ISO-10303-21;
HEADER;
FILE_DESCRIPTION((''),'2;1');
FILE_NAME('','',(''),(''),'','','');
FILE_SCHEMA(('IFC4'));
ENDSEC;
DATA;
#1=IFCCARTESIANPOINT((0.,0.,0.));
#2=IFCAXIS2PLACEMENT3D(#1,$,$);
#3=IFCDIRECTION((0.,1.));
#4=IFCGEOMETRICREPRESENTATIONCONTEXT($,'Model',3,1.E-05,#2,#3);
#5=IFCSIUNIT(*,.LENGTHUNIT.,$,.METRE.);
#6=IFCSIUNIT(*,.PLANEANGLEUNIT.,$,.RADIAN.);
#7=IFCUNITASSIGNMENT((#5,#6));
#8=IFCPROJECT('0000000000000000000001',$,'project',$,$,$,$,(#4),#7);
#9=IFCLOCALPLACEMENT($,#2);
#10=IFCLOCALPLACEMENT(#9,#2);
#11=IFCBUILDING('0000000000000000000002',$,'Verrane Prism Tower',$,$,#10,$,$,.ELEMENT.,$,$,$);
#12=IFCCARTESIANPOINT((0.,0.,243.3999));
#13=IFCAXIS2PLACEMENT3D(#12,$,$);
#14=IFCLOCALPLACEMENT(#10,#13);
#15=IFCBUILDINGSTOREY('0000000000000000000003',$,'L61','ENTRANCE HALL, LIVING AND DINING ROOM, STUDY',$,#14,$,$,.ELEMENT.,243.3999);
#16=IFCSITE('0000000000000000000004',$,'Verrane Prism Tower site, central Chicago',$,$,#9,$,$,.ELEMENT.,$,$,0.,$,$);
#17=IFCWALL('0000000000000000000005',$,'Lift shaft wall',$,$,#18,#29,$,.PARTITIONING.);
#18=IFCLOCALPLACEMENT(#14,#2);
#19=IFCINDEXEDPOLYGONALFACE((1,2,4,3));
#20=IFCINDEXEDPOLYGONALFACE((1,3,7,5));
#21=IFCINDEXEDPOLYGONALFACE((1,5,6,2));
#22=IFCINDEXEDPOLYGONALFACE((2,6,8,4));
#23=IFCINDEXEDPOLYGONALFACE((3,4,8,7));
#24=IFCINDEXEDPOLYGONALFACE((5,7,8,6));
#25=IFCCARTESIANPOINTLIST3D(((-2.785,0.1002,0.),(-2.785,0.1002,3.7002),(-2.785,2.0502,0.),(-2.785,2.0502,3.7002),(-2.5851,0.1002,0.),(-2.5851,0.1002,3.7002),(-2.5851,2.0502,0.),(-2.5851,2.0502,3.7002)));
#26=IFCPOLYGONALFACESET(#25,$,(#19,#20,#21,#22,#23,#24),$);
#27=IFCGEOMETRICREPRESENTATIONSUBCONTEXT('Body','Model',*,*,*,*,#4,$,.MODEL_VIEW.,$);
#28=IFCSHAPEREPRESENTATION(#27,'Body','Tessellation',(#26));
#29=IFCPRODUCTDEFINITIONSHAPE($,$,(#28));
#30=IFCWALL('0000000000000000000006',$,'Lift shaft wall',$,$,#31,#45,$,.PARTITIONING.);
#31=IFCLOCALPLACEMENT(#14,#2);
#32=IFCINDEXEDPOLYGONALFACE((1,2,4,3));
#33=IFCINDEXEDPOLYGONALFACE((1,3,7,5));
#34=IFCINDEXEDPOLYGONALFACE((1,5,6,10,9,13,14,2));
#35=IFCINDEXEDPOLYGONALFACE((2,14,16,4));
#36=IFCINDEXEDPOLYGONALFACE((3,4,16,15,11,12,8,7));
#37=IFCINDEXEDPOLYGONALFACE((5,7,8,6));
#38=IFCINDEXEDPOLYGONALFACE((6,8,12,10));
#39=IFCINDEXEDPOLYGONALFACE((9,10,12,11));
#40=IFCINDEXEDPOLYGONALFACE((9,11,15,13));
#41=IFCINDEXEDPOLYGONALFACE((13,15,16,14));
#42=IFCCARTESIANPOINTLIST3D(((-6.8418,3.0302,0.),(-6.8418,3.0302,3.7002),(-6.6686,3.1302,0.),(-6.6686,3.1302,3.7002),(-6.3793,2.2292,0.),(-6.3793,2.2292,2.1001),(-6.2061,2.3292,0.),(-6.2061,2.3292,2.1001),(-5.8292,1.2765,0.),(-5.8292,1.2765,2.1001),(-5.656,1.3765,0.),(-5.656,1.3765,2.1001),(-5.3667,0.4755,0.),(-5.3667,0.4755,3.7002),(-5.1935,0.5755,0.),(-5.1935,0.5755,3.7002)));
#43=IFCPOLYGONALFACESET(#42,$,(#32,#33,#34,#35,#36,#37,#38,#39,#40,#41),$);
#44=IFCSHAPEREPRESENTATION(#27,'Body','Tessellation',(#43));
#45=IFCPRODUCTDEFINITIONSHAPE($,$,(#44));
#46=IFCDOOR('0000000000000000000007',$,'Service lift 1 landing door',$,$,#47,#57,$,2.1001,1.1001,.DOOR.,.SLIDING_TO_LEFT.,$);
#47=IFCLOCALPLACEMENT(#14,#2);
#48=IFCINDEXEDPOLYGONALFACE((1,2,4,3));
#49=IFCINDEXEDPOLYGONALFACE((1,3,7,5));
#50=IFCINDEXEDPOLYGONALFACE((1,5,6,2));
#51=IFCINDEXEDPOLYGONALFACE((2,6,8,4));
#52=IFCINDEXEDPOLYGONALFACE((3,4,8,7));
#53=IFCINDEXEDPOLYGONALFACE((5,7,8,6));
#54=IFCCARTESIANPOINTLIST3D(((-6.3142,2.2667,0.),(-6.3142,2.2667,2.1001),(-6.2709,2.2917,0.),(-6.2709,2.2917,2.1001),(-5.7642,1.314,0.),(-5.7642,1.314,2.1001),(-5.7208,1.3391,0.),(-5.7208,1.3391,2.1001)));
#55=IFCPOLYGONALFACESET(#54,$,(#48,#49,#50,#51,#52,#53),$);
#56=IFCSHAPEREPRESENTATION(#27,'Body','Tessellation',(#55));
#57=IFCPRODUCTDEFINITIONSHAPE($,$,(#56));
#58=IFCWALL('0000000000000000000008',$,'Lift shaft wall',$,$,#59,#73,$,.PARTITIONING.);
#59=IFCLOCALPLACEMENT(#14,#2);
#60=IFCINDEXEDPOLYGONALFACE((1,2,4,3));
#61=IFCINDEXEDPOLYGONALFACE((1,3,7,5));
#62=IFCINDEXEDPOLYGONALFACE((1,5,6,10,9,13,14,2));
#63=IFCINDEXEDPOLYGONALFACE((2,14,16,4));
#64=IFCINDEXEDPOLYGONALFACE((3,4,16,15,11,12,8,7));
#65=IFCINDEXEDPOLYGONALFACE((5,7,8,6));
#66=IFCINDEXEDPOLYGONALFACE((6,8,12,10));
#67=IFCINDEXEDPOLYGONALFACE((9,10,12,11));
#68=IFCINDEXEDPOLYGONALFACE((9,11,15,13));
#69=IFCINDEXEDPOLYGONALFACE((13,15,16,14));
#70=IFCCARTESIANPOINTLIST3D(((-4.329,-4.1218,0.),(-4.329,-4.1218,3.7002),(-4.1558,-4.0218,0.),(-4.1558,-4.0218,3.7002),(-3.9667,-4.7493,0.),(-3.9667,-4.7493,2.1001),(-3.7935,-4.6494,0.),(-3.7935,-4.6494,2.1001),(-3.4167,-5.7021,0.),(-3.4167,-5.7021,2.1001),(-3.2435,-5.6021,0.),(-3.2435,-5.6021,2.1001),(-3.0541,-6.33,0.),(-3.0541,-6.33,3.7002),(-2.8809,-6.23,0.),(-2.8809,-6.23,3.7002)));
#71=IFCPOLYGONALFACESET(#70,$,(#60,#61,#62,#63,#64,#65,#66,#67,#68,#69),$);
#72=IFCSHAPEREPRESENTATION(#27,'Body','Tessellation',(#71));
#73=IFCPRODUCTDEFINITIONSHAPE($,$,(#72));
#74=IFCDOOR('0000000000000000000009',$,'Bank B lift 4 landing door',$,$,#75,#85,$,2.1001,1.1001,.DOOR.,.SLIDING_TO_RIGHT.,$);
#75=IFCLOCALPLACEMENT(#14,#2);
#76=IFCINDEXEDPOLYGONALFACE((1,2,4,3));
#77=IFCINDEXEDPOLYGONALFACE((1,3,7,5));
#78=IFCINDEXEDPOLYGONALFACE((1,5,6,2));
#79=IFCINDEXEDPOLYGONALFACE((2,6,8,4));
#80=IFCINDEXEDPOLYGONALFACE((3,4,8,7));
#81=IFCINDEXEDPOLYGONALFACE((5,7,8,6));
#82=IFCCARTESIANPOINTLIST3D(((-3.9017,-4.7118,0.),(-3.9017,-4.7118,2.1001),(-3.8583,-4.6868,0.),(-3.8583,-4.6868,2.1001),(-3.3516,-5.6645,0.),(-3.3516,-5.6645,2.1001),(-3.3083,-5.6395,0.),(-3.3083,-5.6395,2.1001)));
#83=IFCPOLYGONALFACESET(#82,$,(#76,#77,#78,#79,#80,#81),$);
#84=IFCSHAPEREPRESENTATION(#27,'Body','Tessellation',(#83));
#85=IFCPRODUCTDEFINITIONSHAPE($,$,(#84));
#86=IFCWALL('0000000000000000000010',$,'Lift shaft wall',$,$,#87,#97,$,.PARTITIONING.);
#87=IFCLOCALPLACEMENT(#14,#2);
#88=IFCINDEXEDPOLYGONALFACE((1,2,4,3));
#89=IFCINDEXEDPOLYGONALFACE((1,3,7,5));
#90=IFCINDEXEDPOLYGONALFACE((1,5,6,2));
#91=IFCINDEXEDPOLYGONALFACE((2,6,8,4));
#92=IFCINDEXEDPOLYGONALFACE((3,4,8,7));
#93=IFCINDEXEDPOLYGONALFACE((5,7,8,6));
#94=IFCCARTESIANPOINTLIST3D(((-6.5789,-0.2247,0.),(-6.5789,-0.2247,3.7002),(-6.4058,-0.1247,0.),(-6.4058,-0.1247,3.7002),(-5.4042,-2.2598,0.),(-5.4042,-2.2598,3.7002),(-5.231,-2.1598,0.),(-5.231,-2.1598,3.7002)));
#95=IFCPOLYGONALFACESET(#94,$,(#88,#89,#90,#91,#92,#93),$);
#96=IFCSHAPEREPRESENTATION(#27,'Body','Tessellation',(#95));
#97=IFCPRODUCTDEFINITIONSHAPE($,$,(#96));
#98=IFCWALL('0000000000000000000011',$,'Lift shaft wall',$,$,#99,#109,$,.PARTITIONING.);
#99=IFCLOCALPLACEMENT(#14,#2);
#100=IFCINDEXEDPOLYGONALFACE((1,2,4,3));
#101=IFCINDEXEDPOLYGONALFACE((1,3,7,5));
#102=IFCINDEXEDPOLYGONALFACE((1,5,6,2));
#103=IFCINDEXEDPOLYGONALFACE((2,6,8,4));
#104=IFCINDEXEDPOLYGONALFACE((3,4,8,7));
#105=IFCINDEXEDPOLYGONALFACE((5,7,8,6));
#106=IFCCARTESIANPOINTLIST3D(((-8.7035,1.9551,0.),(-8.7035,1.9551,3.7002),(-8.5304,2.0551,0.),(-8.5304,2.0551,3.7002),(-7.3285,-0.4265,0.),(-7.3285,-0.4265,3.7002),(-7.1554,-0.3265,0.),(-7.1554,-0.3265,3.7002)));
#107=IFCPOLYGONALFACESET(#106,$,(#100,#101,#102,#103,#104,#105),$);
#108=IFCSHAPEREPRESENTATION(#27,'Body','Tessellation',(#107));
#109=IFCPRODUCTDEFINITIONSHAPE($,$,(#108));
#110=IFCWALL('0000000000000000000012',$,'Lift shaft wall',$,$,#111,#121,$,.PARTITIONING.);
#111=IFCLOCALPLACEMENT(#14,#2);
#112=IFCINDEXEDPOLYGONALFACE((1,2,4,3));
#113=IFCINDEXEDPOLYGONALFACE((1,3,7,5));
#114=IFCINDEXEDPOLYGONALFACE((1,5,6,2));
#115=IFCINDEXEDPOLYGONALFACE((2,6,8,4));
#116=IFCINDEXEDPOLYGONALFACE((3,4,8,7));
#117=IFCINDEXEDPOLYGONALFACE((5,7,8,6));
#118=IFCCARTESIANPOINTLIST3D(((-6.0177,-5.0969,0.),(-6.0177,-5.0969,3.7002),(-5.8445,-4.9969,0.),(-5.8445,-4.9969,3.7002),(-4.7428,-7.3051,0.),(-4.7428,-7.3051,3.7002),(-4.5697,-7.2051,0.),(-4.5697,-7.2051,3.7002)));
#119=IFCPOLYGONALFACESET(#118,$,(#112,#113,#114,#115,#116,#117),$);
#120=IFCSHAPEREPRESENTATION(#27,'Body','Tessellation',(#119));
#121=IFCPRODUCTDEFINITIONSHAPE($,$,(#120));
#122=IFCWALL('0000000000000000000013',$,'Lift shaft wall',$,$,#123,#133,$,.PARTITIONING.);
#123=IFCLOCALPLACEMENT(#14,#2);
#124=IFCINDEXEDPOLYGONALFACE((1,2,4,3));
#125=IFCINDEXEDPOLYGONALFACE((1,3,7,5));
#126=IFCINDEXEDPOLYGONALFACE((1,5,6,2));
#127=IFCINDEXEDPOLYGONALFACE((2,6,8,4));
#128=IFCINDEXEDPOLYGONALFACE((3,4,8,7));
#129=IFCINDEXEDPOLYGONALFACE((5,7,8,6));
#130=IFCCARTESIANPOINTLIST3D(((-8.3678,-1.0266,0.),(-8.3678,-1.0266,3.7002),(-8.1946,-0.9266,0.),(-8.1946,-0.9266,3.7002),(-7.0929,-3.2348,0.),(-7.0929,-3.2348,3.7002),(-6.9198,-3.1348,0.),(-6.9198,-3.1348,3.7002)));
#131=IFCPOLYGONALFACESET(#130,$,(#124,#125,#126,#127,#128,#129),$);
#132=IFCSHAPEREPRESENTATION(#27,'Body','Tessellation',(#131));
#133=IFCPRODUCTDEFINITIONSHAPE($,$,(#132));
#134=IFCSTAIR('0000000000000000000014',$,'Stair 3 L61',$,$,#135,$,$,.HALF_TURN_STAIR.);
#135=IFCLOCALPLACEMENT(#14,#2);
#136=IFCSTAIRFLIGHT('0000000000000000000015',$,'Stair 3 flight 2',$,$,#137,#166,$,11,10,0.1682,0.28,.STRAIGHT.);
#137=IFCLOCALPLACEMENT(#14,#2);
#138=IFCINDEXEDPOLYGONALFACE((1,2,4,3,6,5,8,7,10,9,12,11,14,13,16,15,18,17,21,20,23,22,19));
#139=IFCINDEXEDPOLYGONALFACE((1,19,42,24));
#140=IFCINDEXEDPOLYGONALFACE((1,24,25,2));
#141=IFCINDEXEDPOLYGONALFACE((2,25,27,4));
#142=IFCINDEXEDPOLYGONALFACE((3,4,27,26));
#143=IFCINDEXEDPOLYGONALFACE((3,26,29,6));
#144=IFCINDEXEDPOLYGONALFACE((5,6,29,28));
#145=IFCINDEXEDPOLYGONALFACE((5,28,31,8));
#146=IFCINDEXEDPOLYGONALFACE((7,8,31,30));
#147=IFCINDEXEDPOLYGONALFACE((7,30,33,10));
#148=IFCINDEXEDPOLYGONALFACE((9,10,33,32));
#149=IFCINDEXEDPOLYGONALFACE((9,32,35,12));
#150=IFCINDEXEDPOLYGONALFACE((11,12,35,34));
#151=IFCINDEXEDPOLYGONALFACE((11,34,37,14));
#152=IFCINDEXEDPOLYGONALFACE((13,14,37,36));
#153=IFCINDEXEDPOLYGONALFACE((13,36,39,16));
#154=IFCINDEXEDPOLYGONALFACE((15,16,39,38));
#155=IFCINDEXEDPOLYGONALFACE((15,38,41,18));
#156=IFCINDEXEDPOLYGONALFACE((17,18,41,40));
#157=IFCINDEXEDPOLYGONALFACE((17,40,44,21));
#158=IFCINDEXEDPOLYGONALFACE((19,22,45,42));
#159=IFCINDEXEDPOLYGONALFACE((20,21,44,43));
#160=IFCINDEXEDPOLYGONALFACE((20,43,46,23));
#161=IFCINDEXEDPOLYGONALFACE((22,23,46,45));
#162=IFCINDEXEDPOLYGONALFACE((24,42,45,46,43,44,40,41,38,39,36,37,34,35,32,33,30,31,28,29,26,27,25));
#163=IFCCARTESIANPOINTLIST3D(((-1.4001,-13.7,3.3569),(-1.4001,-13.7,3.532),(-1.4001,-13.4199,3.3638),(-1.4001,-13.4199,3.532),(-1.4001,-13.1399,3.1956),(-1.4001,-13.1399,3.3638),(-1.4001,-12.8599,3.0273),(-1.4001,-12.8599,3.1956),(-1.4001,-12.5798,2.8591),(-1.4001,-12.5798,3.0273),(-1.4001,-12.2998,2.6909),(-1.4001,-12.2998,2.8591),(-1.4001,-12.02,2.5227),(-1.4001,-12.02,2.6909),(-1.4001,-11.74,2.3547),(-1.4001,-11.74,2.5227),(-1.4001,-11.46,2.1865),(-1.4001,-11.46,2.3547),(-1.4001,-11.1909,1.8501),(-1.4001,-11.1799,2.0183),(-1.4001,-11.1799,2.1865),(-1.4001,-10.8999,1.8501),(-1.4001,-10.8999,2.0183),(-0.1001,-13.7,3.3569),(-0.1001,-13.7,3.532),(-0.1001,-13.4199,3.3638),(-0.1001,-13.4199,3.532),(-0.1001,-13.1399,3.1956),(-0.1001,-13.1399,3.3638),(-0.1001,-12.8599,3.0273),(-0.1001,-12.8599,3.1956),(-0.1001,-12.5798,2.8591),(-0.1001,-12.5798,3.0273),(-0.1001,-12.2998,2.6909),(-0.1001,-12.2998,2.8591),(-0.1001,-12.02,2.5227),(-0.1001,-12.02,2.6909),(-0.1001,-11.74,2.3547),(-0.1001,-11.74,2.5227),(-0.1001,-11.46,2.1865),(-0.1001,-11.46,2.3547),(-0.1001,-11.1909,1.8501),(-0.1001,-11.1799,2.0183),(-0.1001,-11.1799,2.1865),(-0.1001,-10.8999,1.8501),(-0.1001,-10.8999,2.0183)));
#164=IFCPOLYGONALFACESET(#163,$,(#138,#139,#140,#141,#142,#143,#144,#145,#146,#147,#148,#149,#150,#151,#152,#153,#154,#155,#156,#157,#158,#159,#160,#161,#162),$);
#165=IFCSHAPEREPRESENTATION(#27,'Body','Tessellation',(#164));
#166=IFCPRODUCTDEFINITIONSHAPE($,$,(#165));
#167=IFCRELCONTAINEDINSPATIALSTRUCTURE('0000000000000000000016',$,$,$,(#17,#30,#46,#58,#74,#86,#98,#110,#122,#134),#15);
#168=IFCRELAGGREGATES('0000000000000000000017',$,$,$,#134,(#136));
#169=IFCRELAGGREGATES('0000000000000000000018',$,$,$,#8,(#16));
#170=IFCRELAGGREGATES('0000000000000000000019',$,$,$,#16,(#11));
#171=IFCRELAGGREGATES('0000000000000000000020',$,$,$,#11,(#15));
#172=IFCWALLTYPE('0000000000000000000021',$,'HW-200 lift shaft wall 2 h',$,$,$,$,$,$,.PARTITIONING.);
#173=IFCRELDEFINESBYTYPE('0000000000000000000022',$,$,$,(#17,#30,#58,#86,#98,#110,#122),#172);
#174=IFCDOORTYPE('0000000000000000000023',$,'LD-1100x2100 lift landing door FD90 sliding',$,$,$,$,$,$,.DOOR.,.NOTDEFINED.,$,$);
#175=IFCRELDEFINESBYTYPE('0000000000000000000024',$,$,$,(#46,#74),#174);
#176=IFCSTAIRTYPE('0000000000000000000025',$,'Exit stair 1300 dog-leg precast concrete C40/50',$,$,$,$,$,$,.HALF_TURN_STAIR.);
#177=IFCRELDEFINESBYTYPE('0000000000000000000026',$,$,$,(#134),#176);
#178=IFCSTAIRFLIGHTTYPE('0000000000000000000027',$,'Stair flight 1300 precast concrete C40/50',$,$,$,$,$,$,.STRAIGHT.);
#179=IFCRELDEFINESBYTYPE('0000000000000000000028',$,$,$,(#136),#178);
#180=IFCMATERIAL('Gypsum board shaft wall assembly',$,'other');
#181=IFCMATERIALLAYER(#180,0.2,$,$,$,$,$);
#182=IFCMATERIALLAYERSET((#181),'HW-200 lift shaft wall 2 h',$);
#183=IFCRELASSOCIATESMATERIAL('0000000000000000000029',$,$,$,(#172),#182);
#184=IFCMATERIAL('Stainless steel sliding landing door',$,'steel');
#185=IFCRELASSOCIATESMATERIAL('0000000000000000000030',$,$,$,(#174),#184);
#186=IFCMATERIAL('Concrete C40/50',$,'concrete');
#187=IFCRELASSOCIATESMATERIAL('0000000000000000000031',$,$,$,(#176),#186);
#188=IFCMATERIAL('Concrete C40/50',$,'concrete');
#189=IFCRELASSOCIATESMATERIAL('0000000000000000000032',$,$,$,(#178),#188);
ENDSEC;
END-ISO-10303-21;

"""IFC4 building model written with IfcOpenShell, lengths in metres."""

from ifc_helpers import new_model, si_unit, direction, frame, frame_2d, origin, place, context, subcontext, project, spatial, polyline, rectangle, outline, extrude, material, layer, layer_set, type_object, element, fill, aggregate, save


model = new_model("IFC4")

# Units and contexts
model_context = context("Model", 3, precision=1e-05, world=origin(), true_north=direction((0.0, 1.0)))
body_context = subcontext(model_context, "Body", "Model", "MODEL_VIEW")
ifc_project = project(units=[si_unit("LENGTHUNIT", "METRE"), si_unit("PLANEANGLEUNIT", "RADIAN")], contexts=[model_context])

# Site, building, storey
site_placement = place(None, origin())
site = spatial("IfcSite", under=ifc_project, at=site_placement, Name="Verrane Prism Tower site, central Chicago", CompositionType="ELEMENT", RefElevation=0.0)
building_placement = place(site_placement, origin())
building = spatial("IfcBuilding", under=site, at=building_placement, Name="Verrane Prism Tower", CompositionType="ELEMENT")
storey_placement = place(building_placement, frame((0.0, 0.0, 243.3999)))
storey = spatial("IfcBuildingStorey", under=building, at=storey_placement, Name="L61", Description="ENTRANCE HALL, LIVING AND DINING ROOM, STUDY", CompositionType="ELEMENT", Elevation=243.3999)

# Shared definitions
ifc_material_1 = material(Name="Gypsum board shaft wall assembly", Category="other")
ifc_layer_1 = layer(ifc_material_1, 0.2)
ifc_layer_set_1 = layer_set([ifc_layer_1], Name="HW-200 lift shaft wall 2 h")
wall_type_1 = type_object("IfcWallType", Name="HW-200 lift shaft wall 2 h", PredefinedType="PARTITIONING", material=ifc_layer_set_1)
ifc_material_2 = material(Name="Stainless steel sliding landing door", Category="steel")
door_type = type_object("IfcDoorType", Name="LD-1100x2100 lift landing door FD90 sliding", OperationType="NOTDEFINED", PredefinedType="DOOR", material=ifc_material_2)

# Wall
wall_1_placement = place(storey_placement, frame((-2.6851, 0.1001, 0.0), z_axis=(0.0, 0.0, 1.0), x_axis=(0.0, 1.0, 0.0)))
element("IfcWall", 1, at=wall_1_placement, inside=storey, type_object=wall_type_1, Name="Lift shaft wall", PredefinedType="PARTITIONING", context=body_context, shape_type="SweptSolid", body=[
    extrude(rectangle(XDim=1.95, YDim=0.2, at=frame_2d((0.9751, 0.0))), origin(), (0.0, 0.0, 1.0), 3.7002),
])

# Walls, openings, doors
wall_2_placement = place(storey_placement, frame((-5.28, 0.5254, 0.0), z_axis=(0.0, 0.0, 1.0), x_axis=(-0.500038, 0.866004, 0.0)))
wall_2 = element("IfcWall", 2, at=wall_2_placement, inside=storey, type_object=wall_type_1, Name="Lift shaft wall", PredefinedType="PARTITIONING", context=body_context, shape_type="SweptSolid", body=[
    extrude(rectangle(XDim=2.95, YDim=0.2, at=frame_2d((1.4751, 0.0))), origin(), (0.0, 0.0, 1.0), 3.7002),
])
opening_1_placement = place(wall_2_placement, frame((0.925, 0.0, 0.0)))
opening_1 = element("IfcOpeningElement", 3, at=opening_1_placement, cuts=wall_2, PredefinedType="OPENING", context=body_context, shape_type="SweptSolid", body=[
    extrude(rectangle(XDim=1.1001, YDim=2.1001, at=frame_2d((0.55, 1.05))), frame((0.0, 0.1099, 0.0), z_axis=(0.0, -1.0, 0.0), x_axis=(1.0, 0.0, 0.0)), (0.0, 0.0, 1.0), 0.22),
])
door_1_placement = place(opening_1_placement, origin())
door_1 = element("IfcDoor", 4, at=door_1_placement, inside=storey, type_object=door_type, Name="Service lift 1 landing door", OperationType="SLIDING_TO_LEFT", OverallHeight=2.1001, OverallWidth=1.1001, PredefinedType="DOOR", context=body_context, shape_type="SweptSolid", body=[
    extrude(rectangle(XDim=1.1001, YDim=2.1001, at=frame_2d((0.55, 1.05))), frame((0.0, 0.0249, 0.0), z_axis=(0.0, -1.0, 0.0), x_axis=(1.0, 0.0, 0.0)), (0.0, 0.0, 1.0), 0.05),
])
fill(opening_1, door_1)
wall_3_placement = place(storey_placement, frame((-2.9675, -6.28, 0.0), z_axis=(0.0, 0.0, 1.0), x_axis=(-0.49999, 0.866031, 0.0)))
wall_3 = element("IfcWall", 5, at=wall_3_placement, inside=storey, type_object=wall_type_1, Name="Lift shaft wall", PredefinedType="PARTITIONING", context=body_context, shape_type="SweptSolid", body=[
    extrude(rectangle(XDim=2.5498, YDim=0.2, at=frame_2d((1.2749, 0.0))), origin(), (0.0, 0.0, 1.0), 3.7002),
])
opening_2_placement = place(wall_3_placement, frame((0.7251, 0.0, 0.0)))
opening_2 = element("IfcOpeningElement", 6, at=opening_2_placement, cuts=wall_3, PredefinedType="OPENING", context=body_context, shape_type="SweptSolid", body=[
    extrude(rectangle(XDim=1.1001, YDim=2.1001, at=frame_2d((0.55, 1.05))), frame((0.0, 0.1099, 0.0), z_axis=(0.0, -1.0, 0.0), x_axis=(1.0, 0.0, 0.0)), (0.0, 0.0, 1.0), 0.22),
])
door_2_placement = place(opening_2_placement, origin())
door_2 = element("IfcDoor", 7, at=door_2_placement, inside=storey, type_object=door_type, Name="Bank B lift 4 landing door", OperationType="SLIDING_TO_RIGHT", OverallHeight=2.1001, OverallWidth=1.1001, PredefinedType="DOOR", context=body_context, shape_type="SweptSolid", body=[
    extrude(rectangle(XDim=1.1001, YDim=2.1001, at=frame_2d((0.55, 1.05))), frame((0.0, 0.0249, 0.0), z_axis=(0.0, -1.0, 0.0), x_axis=(1.0, 0.0, 0.0)), (0.0, 0.0, 1.0), 0.05),
])
fill(opening_2, door_2)

# Walls
wall_4_placement = place(storey_placement, frame((-5.3176, -2.2097, 0.0), z_axis=(0.0, 0.0, 1.0), x_axis=(-0.499938, 0.866061, 0.0)))
element("IfcWall", 8, at=wall_4_placement, inside=storey, type_object=wall_type_1, Name="Lift shaft wall", PredefinedType="PARTITIONING", context=body_context, shape_type="SweptSolid", body=[
    extrude(rectangle(XDim=2.3499, YDim=0.2, at=frame_2d((1.1748, 0.0))), origin(), (0.0, 0.0, 1.0), 3.7002),
])
wall_5_placement = place(storey_placement, frame((-7.2419, -0.3765, 0.0), z_axis=(0.0, 0.0, 1.0), x_axis=(-0.499997, 0.866027, 0.0)))
element("IfcWall", 9, at=wall_5_placement, inside=storey, type_object=wall_type_1, Name="Lift shaft wall", PredefinedType="PARTITIONING", context=body_context, shape_type="SweptSolid", body=[
    extrude(rectangle(XDim=2.75, YDim=0.2, at=frame_2d((1.375, 0.0))), origin(), (0.0, 0.0, 1.0), 3.7002),
])
for number, where, z_axis, x_axis, name in (
    (10, (-4.6562, -7.2551, 0.0), (0.0, 0.0, 1.0), (-0.49999, 0.866031, 0.0), "Lift shaft wall"),
    (11, (-7.0063, -3.1848, 0.0), (0.0, 0.0, 1.0), (-0.49999, 0.866031, 0.0), "Lift shaft wall"),
):
    element("IfcWall", number, at=place(storey_placement, frame(where, z_axis=z_axis, x_axis=x_axis)), inside=storey, type_object=wall_type_1, Name=name, PredefinedType="PARTITIONING", context=body_context, shape_type="SweptSolid", body=[
        extrude(rectangle(XDim=2.5498, YDim=0.2, at=frame_2d((1.2749, 0.0))), origin(), (0.0, 0.0, 1.0), 3.7002),
    ])

# Stair, stair flight
ifc_material_3 = material(Name="Concrete C40/50", Category="concrete")
stair_type = type_object("IfcStairType", Name="Exit stair 1300 dog-leg precast concrete C40/50", PredefinedType="HALF_TURN_STAIR", material=ifc_material_3)
stair_placement = place(storey_placement, origin())
stair = element("IfcStair", 12, at=stair_placement, inside=storey, type_object=stair_type, Name="Stair 3 L61", PredefinedType="HALF_TURN_STAIR")
ifc_material_4 = material(Name="Concrete C40/50", Category="concrete")
stair_flight_type = type_object("IfcStairFlightType", Name="Stair flight 1300 precast concrete C40/50", PredefinedType="STRAIGHT", material=ifc_material_4)
stair_flight_placement = place(storey_placement, frame((-0.75, -10.8999, 1.8501), z_axis=(0.0, 0.0, 1.0), x_axis=(0.0, -1.0, 0.0)))
stair_flight = element("IfcStairFlight", 13, at=stair_flight_placement, type_object=stair_flight_type, Name="Stair 3 flight 2", NumberOfRisers=11, NumberOfTreads=10, PredefinedType="STRAIGHT", RiserHeight=0.1682, TreadLength=0.28, context=body_context, shape_type="SweptSolid", body=[
    extrude(outline(polyline([(0.0, 0.0), (0.0, 0.1682), (0.28, 0.1682), (0.28, 0.3364), (0.5601, 0.3364), (0.5601, 0.5046), (0.8401, 0.5046), (0.8401, 0.6726), (1.1201, 0.6726), (1.1201, 0.8408), (1.3999, 0.8408), (1.3999, 1.009), (1.6799, 1.009), (1.6799, 1.1772), (1.96, 1.1772), (1.96, 1.3455), (2.24, 1.3455), (2.24, 1.5137), (2.52, 1.5137), (2.52, 1.6819), (2.8, 1.6819), (2.8, 1.8501), (2.8, 1.5068), (0.291, 0.0), (0.0, 0.0)])), frame((0.0, 0.6499, 0.0), z_axis=(0.0, -1.0, 0.0), x_axis=(1.0, 0.0, 0.0)), (0.0, 0.0, 1.0), 1.3),
])
aggregate(stair, [stair_flight])

save(model, "model.ifc")
